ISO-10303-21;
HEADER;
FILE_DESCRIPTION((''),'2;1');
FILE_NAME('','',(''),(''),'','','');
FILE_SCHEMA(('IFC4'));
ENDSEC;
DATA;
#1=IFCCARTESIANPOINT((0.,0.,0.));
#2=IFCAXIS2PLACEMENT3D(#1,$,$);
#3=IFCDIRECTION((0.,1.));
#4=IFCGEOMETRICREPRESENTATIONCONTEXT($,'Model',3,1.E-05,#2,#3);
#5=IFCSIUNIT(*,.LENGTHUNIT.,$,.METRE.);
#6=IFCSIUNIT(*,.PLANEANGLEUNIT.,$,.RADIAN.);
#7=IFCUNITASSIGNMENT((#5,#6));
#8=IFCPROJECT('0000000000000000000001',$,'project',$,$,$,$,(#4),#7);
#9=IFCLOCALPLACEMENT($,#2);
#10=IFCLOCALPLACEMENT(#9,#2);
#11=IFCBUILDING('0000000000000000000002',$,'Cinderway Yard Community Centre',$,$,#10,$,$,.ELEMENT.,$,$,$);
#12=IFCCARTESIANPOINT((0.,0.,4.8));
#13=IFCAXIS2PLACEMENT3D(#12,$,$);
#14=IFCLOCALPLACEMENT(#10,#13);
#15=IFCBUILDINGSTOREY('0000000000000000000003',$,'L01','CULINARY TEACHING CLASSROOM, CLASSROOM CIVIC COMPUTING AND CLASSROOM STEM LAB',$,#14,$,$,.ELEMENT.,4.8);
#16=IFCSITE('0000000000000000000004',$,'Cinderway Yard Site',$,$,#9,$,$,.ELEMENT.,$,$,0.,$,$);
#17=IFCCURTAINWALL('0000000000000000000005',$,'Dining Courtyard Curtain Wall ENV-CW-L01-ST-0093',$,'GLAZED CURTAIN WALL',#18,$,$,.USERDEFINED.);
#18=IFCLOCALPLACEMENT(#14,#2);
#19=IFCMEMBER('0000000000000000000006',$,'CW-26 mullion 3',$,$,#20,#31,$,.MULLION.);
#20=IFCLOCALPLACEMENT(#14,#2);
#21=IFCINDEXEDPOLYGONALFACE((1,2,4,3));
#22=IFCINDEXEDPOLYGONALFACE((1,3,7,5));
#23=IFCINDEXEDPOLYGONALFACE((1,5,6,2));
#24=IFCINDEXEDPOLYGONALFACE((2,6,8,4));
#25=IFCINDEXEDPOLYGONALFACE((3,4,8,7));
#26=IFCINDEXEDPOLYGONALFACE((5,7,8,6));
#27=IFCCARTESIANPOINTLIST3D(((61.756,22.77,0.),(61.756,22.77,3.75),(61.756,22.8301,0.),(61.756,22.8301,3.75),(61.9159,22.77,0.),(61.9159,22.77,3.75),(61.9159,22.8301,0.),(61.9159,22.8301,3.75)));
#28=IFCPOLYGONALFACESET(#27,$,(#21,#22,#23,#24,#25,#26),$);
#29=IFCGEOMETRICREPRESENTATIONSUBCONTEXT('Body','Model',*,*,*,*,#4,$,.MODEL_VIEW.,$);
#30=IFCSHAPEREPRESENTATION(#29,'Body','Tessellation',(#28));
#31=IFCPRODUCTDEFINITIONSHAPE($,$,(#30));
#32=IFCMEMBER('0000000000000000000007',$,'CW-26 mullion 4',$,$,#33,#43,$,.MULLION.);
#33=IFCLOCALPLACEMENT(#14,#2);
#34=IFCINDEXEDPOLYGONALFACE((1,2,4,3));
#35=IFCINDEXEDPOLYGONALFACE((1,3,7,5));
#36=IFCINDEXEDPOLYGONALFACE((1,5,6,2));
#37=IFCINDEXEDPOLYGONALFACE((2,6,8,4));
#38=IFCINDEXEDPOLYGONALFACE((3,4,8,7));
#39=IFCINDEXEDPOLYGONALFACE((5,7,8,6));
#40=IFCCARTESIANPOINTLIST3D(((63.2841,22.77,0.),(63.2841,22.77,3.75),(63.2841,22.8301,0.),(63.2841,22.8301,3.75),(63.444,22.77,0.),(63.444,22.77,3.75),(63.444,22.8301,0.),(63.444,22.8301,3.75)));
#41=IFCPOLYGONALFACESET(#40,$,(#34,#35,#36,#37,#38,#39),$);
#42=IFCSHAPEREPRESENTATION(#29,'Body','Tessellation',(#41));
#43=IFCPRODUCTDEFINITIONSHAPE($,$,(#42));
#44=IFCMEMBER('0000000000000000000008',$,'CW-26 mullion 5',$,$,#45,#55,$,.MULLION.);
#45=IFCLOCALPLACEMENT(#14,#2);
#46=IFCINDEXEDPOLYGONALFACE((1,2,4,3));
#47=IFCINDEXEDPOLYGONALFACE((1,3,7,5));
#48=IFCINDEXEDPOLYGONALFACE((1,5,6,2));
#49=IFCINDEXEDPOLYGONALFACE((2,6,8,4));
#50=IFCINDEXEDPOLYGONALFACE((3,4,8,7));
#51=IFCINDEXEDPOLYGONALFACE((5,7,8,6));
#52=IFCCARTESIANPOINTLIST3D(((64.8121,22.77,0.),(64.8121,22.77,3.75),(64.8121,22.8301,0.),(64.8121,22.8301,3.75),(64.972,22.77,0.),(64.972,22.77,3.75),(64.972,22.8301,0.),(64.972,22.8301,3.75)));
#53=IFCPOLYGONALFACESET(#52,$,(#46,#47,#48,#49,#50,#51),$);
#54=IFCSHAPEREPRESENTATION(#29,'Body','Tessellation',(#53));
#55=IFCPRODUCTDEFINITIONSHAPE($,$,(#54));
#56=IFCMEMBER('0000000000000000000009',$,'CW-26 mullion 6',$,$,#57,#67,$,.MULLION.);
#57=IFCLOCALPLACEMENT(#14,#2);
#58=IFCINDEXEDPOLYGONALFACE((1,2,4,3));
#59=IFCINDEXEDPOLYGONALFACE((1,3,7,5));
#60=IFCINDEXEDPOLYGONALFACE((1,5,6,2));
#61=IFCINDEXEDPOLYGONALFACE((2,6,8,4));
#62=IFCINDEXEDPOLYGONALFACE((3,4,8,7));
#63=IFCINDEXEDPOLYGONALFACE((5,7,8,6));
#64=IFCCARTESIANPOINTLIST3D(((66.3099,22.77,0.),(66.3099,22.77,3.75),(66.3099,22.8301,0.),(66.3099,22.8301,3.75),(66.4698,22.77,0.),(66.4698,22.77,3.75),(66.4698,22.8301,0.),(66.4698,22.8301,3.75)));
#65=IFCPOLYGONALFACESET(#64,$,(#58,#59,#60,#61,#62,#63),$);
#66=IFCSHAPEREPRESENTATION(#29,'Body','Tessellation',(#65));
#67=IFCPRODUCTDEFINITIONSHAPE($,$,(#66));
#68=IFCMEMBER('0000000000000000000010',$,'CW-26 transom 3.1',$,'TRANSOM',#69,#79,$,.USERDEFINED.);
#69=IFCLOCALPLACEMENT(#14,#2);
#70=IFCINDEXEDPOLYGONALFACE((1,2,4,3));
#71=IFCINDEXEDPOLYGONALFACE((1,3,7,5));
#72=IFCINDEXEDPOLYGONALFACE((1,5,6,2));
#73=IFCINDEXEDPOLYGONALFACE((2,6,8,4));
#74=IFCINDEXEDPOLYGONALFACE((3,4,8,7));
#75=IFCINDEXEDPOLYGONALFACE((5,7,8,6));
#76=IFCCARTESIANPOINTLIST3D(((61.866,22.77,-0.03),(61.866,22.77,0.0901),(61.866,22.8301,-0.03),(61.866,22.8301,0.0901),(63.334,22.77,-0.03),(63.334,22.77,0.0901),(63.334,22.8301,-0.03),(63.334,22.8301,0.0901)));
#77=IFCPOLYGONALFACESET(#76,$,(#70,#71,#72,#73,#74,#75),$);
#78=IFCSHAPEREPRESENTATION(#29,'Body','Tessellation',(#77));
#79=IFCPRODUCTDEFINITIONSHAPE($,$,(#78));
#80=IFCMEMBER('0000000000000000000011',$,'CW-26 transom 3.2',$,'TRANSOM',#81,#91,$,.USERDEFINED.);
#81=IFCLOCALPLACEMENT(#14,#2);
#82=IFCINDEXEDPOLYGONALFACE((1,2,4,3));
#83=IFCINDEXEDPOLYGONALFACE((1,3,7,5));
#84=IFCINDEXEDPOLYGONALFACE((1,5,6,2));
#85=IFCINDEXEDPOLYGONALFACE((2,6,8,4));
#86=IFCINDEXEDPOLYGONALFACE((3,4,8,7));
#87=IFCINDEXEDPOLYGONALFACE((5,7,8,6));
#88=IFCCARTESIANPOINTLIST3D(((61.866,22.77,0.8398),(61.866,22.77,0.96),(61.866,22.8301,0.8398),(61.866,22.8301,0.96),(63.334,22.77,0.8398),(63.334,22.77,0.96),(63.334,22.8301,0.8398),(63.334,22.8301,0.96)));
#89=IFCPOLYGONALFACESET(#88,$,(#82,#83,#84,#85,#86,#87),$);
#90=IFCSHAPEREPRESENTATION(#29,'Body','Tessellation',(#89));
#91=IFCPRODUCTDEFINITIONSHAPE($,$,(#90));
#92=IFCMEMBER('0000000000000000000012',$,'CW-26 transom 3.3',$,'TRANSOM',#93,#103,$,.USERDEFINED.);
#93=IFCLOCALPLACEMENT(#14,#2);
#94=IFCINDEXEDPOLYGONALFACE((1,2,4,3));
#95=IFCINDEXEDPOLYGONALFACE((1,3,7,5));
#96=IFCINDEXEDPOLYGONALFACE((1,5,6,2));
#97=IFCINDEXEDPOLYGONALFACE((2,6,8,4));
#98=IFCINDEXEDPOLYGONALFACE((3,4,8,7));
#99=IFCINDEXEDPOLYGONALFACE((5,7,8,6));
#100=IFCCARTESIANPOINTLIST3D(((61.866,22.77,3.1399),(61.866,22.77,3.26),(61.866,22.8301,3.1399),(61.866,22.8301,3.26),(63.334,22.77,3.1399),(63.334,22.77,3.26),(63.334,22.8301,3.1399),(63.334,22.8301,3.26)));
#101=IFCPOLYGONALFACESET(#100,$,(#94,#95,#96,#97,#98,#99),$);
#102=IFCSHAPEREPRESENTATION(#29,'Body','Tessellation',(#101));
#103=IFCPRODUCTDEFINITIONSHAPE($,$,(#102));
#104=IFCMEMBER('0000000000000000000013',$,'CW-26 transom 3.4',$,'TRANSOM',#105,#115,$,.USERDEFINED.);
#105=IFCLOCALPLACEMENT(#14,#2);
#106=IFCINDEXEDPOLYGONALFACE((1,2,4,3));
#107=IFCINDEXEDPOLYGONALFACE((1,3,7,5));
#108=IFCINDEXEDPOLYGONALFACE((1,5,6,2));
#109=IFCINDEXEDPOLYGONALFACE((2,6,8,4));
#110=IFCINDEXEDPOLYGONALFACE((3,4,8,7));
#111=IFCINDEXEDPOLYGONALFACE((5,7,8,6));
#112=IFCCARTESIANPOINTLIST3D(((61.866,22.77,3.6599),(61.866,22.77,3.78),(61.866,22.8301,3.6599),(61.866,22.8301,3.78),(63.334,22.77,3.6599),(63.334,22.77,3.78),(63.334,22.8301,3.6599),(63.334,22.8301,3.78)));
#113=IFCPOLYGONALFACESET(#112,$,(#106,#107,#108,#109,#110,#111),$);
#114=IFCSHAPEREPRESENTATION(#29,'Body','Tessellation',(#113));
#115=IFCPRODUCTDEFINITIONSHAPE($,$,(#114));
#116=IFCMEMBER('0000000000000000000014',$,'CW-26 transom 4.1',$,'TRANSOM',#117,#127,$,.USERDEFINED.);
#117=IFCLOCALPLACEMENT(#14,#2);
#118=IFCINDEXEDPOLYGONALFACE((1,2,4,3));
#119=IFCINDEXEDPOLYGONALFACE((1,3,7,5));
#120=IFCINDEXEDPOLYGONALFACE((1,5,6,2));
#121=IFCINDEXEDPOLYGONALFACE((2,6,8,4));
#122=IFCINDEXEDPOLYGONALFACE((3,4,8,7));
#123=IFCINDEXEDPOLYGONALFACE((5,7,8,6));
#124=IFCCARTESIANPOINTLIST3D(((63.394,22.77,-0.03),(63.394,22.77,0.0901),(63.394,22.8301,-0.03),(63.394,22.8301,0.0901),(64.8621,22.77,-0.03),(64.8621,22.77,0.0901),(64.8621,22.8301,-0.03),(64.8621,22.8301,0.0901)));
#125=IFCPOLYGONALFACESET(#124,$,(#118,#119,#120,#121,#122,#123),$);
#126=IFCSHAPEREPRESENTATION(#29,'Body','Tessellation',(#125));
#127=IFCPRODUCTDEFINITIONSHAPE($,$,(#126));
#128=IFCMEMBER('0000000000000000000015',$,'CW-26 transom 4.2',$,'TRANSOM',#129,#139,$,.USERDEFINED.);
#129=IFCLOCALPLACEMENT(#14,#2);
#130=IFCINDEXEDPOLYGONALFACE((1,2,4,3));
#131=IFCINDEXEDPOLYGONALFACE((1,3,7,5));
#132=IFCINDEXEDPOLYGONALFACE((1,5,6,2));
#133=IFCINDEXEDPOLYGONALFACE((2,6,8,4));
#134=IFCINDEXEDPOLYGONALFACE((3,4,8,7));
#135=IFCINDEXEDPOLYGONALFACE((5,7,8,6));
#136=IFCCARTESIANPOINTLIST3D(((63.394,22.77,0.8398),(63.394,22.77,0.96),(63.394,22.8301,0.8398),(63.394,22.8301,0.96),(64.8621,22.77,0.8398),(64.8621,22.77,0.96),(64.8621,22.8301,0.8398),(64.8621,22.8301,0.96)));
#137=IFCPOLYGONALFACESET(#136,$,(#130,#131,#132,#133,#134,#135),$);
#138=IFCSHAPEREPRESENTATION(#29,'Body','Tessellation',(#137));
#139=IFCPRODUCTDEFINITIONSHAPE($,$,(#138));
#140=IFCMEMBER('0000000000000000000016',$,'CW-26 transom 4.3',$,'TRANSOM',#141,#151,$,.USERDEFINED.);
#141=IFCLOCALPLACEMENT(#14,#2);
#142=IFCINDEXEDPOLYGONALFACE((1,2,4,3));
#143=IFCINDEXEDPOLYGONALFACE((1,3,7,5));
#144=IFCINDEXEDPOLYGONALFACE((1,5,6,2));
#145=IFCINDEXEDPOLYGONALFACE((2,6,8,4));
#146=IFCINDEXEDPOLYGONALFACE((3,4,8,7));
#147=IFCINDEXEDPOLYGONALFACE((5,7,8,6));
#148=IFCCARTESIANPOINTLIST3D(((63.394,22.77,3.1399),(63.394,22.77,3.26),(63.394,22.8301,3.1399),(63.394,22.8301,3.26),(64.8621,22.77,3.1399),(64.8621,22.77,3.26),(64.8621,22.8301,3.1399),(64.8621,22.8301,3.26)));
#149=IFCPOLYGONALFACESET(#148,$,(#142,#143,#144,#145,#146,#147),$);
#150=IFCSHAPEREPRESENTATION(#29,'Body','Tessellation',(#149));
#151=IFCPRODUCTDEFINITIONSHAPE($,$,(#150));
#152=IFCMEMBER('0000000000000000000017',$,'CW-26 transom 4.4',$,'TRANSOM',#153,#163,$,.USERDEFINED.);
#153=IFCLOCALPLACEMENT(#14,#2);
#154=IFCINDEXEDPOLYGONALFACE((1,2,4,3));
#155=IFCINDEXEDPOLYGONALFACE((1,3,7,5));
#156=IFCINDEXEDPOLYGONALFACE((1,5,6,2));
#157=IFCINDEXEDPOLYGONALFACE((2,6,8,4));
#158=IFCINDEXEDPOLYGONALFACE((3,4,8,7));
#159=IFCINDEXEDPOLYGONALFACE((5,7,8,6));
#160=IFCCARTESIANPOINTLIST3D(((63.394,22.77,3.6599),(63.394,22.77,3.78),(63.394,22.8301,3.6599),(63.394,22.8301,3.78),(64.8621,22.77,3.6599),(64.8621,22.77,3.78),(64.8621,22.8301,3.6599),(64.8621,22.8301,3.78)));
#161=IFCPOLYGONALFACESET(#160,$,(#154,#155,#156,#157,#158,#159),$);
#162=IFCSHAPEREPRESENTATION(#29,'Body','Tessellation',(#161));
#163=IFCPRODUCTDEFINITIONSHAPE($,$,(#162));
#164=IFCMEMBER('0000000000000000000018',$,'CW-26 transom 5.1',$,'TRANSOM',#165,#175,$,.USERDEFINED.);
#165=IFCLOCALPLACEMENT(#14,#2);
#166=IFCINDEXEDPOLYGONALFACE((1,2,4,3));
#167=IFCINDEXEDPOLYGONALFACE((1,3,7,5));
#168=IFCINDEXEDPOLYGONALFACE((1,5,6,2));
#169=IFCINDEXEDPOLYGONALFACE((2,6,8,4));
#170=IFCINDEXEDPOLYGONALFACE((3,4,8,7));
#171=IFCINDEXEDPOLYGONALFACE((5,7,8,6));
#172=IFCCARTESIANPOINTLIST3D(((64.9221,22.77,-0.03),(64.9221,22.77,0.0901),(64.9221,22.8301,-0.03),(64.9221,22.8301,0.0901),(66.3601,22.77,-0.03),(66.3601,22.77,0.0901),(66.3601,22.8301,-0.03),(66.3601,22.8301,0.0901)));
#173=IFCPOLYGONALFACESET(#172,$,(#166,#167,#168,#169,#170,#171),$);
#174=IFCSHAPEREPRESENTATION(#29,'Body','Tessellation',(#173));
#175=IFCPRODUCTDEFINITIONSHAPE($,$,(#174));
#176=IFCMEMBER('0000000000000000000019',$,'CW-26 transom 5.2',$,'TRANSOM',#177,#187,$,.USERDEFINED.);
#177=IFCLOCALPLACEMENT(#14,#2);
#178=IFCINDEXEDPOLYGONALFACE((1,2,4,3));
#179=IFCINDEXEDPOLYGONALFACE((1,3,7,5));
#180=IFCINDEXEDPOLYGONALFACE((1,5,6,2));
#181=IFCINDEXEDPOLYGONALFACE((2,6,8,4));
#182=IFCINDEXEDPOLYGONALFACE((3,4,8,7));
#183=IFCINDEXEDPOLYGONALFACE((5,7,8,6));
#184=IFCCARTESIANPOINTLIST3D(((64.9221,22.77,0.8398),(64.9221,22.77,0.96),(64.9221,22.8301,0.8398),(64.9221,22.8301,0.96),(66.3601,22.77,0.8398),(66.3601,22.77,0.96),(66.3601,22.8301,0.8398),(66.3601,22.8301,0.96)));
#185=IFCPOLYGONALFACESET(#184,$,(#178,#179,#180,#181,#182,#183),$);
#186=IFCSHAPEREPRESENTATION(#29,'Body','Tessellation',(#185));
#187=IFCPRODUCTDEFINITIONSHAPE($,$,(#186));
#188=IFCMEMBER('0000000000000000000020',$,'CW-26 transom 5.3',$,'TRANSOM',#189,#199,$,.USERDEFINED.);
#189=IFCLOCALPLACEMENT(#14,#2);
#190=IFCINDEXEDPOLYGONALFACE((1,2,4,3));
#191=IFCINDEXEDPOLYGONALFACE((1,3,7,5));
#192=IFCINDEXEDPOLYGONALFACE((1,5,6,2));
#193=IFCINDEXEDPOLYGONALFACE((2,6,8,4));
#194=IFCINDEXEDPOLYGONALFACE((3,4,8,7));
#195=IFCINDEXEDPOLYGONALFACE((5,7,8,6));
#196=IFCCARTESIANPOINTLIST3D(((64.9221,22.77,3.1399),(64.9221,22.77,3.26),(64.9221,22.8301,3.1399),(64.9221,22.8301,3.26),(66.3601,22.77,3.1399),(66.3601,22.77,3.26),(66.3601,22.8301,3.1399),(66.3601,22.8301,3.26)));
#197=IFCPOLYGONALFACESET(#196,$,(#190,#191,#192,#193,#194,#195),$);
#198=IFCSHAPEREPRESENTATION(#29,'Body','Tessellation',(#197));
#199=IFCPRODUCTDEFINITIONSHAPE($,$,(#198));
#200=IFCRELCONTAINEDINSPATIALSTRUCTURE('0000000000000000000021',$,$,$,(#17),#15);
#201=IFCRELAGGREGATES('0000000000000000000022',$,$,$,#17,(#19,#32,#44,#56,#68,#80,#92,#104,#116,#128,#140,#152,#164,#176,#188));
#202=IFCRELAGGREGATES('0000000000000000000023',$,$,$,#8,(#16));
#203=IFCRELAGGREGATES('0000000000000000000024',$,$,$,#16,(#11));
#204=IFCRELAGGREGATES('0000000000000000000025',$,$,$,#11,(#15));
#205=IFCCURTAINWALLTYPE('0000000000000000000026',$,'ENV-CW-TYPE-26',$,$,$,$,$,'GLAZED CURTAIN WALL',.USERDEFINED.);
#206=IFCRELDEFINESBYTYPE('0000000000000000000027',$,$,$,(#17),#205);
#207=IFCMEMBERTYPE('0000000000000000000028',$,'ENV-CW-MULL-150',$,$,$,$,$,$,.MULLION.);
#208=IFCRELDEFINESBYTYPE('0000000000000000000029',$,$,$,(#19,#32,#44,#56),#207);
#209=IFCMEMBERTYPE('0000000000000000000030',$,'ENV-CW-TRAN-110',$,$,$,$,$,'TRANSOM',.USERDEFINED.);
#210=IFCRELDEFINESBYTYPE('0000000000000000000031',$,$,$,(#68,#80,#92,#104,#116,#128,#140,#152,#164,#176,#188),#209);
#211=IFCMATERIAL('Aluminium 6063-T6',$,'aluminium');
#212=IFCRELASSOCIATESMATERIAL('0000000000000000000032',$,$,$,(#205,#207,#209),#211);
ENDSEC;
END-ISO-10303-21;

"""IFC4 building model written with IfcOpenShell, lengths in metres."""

from ifc_helpers import new_model, si_unit, direction, frame, origin, origin_2d, place, context, subcontext, project, spatial, rectangle, extrude, material, material_profile, profile_set, type_object, element, aggregate, save


model = new_model("IFC4")

# Units and contexts
model_context = context("Model", 3, precision=1e-05, world=origin(), true_north=direction((0.0, 1.0)))
body_context = subcontext(model_context, "Body", "Model", "MODEL_VIEW")
ifc_project = project(units=[si_unit("LENGTHUNIT", "METRE"), si_unit("PLANEANGLEUNIT", "RADIAN")], contexts=[model_context])

# Site, building, storey
site_placement = place(None, origin())
site = spatial("IfcSite", under=ifc_project, at=site_placement, Name="Cinderway Yard Site", CompositionType="ELEMENT", RefElevation=0.0)
building_placement = place(site_placement, origin())
building = spatial("IfcBuilding", under=site, at=building_placement, Name="Cinderway Yard Community Centre", CompositionType="ELEMENT")
storey_placement = place(building_placement, frame((0.0, 0.0, 4.8)))
storey = spatial("IfcBuildingStorey", under=building, at=storey_placement, Name="L01", Description="CULINARY TEACHING CLASSROOM, CLASSROOM CIVIC COMPUTING AND CLASSROOM STEM LAB", CompositionType="ELEMENT", Elevation=4.8)

# Curtain wall, members
ifc_material_1 = material(Name="Aluminium 6063-T6", Category="aluminium")
curtain_wall_type = type_object("IfcCurtainWallType", Name="ENV-CW-TYPE-26", ElementType="GLAZED CURTAIN WALL", PredefinedType="USERDEFINED", material=ifc_material_1)
curtain_wall_placement = place(storey_placement, origin())
curtain_wall = element("IfcCurtainWall", 1, at=curtain_wall_placement, inside=storey, type_object=curtain_wall_type, Name="Dining Courtyard Curtain Wall ENV-CW-L01-ST-0093", ObjectType="GLAZED CURTAIN WALL", PredefinedType="USERDEFINED")
ifc_material_profile_1 = material_profile(ifc_material_1, rectangle(XDim=0.0601, YDim=0.1599, at=origin_2d()), Name="Aluminium 6063-T6")
ifc_profile_set_1 = profile_set([ifc_material_profile_1], Name="Aluminium 6063-T6")
member_type_1 = type_object("IfcMemberType", Name="ENV-CW-MULL-150", PredefinedType="MULLION", material=ifc_profile_set_1)
member_1_placement = place(storey_placement, frame((61.8359, 22.8, 0.0), z_axis=(0.0, 0.0, 1.0), x_axis=(0.0, 1.0, 0.0)))
member_1 = element("IfcMember", 2, at=member_1_placement, type_object=member_type_1, Name="CW-26 mullion 3", PredefinedType="MULLION", context=body_context, shape_type="SweptSolid", body=[
    extrude(rectangle(XDim=0.0601, YDim=0.1599, at=origin_2d()), origin(), (0.0, 0.0, 1.0), 3.75),
])
member_2_placement = place(storey_placement, frame((63.364, 22.8, 0.0), z_axis=(0.0, 0.0, 1.0), x_axis=(0.0, 1.0, 0.0)))
member_2 = element("IfcMember", 3, at=member_2_placement, type_object=member_type_1, Name="CW-26 mullion 4", PredefinedType="MULLION", context=body_context, shape_type="SweptSolid", body=[
    extrude(rectangle(XDim=0.0601, YDim=0.1599, at=origin_2d()), origin(), (0.0, 0.0, 1.0), 3.75),
])
member_3_placement = place(storey_placement, frame((64.8921, 22.8, 0.0), z_axis=(0.0, 0.0, 1.0), x_axis=(0.0, 1.0, 0.0)))
member_3 = element("IfcMember", 4, at=member_3_placement, type_object=member_type_1, Name="CW-26 mullion 5", PredefinedType="MULLION", context=body_context, shape_type="SweptSolid", body=[
    extrude(rectangle(XDim=0.0601, YDim=0.1599, at=origin_2d()), origin(), (0.0, 0.0, 1.0), 3.75),
])
member_4_placement = place(storey_placement, frame((66.3899, 22.8, 0.0), z_axis=(0.0, 0.0, 1.0), x_axis=(0.0, 1.0, 0.0)))
member_4 = element("IfcMember", 5, at=member_4_placement, type_object=member_type_1, Name="CW-26 mullion 6", PredefinedType="MULLION", context=body_context, shape_type="SweptSolid", body=[
    extrude(rectangle(XDim=0.0601, YDim=0.1599, at=origin_2d()), origin(), (0.0, 0.0, 1.0), 3.75),
])
ifc_material_profile_2 = material_profile(ifc_material_1, rectangle(XDim=0.0601, YDim=0.1201, at=origin_2d()), Name="Aluminium 6063-T6")
ifc_profile_set_2 = profile_set([ifc_material_profile_2], Name="Aluminium 6063-T6")
member_type_2 = type_object("IfcMemberType", Name="ENV-CW-TRAN-110", ElementType="TRANSOM", PredefinedType="USERDEFINED", material=ifc_profile_set_2)
member_5_placement = place(storey_placement, frame((61.866, 22.8, 0.03), z_axis=(1.0, 0.0, 0.0), x_axis=(0.0, 1.0, 0.0)))
member_5 = element("IfcMember", 6, at=member_5_placement, type_object=member_type_2, Name="CW-26 transom 3.1", ObjectType="TRANSOM", PredefinedType="USERDEFINED", context=body_context, shape_type="SweptSolid", body=[
    extrude(rectangle(XDim=0.0601, YDim=0.1201, at=origin_2d()), origin(), (0.0, 0.0, 1.0), 1.468),
])
member_6_placement = place(storey_placement, frame((61.866, 22.8, 0.8999), z_axis=(1.0, 0.0, 0.0), x_axis=(0.0, 1.0, 0.0)))
member_6 = element("IfcMember", 7, at=member_6_placement, type_object=member_type_2, Name="CW-26 transom 3.2", ObjectType="TRANSOM", PredefinedType="USERDEFINED", context=body_context, shape_type="SweptSolid", body=[
    extrude(rectangle(XDim=0.0601, YDim=0.1201, at=origin_2d()), origin(), (0.0, 0.0, 1.0), 1.468),
])
member_7_placement = place(storey_placement, frame((61.866, 22.8, 3.2), z_axis=(1.0, 0.0, 0.0), x_axis=(0.0, 1.0, 0.0)))
member_7 = element("IfcMember", 8, at=member_7_placement, type_object=member_type_2, Name="CW-26 transom 3.3", ObjectType="TRANSOM", PredefinedType="USERDEFINED", context=body_context, shape_type="SweptSolid", body=[
    extrude(rectangle(XDim=0.0601, YDim=0.1201, at=origin_2d()), origin(), (0.0, 0.0, 1.0), 1.468),
])
member_8_placement = place(storey_placement, frame((61.866, 22.8, 3.72), z_axis=(1.0, 0.0, 0.0), x_axis=(0.0, 1.0, 0.0)))
member_8 = element("IfcMember", 9, at=member_8_placement, type_object=member_type_2, Name="CW-26 transom 3.4", ObjectType="TRANSOM", PredefinedType="USERDEFINED", context=body_context, shape_type="SweptSolid", body=[
    extrude(rectangle(XDim=0.0601, YDim=0.1201, at=origin_2d()), origin(), (0.0, 0.0, 1.0), 1.468),
])
member_9_placement = place(storey_placement, frame((63.394, 22.8, 0.03), z_axis=(1.0, 0.0, 0.0), x_axis=(0.0, 1.0, 0.0)))
member_9 = element("IfcMember", 10, at=member_9_placement, type_object=member_type_2, Name="CW-26 transom 4.1", ObjectType="TRANSOM", PredefinedType="USERDEFINED", context=body_context, shape_type="SweptSolid", body=[
    extrude(rectangle(XDim=0.0601, YDim=0.1201, at=origin_2d()), origin(), (0.0, 0.0, 1.0), 1.468),
])
member_10_placement = place(storey_placement, frame((63.394, 22.8, 0.8999), z_axis=(1.0, 0.0, 0.0), x_axis=(0.0, 1.0, 0.0)))
member_10 = element("IfcMember", 11, at=member_10_placement, type_object=member_type_2, Name="CW-26 transom 4.2", ObjectType="TRANSOM", PredefinedType="USERDEFINED", context=body_context, shape_type="SweptSolid", body=[
    extrude(rectangle(XDim=0.0601, YDim=0.1201, at=origin_2d()), origin(), (0.0, 0.0, 1.0), 1.468),
])
member_11_placement = place(storey_placement, frame((63.394, 22.8, 3.2), z_axis=(1.0, 0.0, 0.0), x_axis=(0.0, 1.0, 0.0)))
member_11 = element("IfcMember", 12, at=member_11_placement, type_object=member_type_2, Name="CW-26 transom 4.3", ObjectType="TRANSOM", PredefinedType="USERDEFINED", context=body_context, shape_type="SweptSolid", body=[
    extrude(rectangle(XDim=0.0601, YDim=0.1201, at=origin_2d()), origin(), (0.0, 0.0, 1.0), 1.468),
])
member_12_placement = place(storey_placement, frame((63.394, 22.8, 3.72), z_axis=(1.0, 0.0, 0.0), x_axis=(0.0, 1.0, 0.0)))
member_12 = element("IfcMember", 13, at=member_12_placement, type_object=member_type_2, Name="CW-26 transom 4.4", ObjectType="TRANSOM", PredefinedType="USERDEFINED", context=body_context, shape_type="SweptSolid", body=[
    extrude(rectangle(XDim=0.0601, YDim=0.1201, at=origin_2d()), origin(), (0.0, 0.0, 1.0), 1.468),
])
member_13_placement = place(storey_placement, frame((64.9221, 22.8, 0.03), z_axis=(1.0, 0.0, 0.0), x_axis=(0.0, 1.0, 0.0)))
member_13 = element("IfcMember", 14, at=member_13_placement, type_object=member_type_2, Name="CW-26 transom 5.1", ObjectType="TRANSOM", PredefinedType="USERDEFINED", context=body_context, shape_type="SweptSolid", body=[
    extrude(rectangle(XDim=0.0601, YDim=0.1201, at=origin_2d()), origin(), (0.0, 0.0, 1.0), 1.438),
])
member_14_placement = place(storey_placement, frame((64.9221, 22.8, 0.8999), z_axis=(1.0, 0.0, 0.0), x_axis=(0.0, 1.0, 0.0)))
member_14 = element("IfcMember", 15, at=member_14_placement, type_object=member_type_2, Name="CW-26 transom 5.2", ObjectType="TRANSOM", PredefinedType="USERDEFINED", context=body_context, shape_type="SweptSolid", body=[
    extrude(rectangle(XDim=0.0601, YDim=0.1201, at=origin_2d()), origin(), (0.0, 0.0, 1.0), 1.438),
])
member_15_placement = place(storey_placement, frame((64.9221, 22.8, 3.2), z_axis=(1.0, 0.0, 0.0), x_axis=(0.0, 1.0, 0.0)))
member_15 = element("IfcMember", 16, at=member_15_placement, type_object=member_type_2, Name="CW-26 transom 5.3", ObjectType="TRANSOM", PredefinedType="USERDEFINED", context=body_context, shape_type="SweptSolid", body=[
    extrude(rectangle(XDim=0.0601, YDim=0.1201, at=origin_2d()), origin(), (0.0, 0.0, 1.0), 1.438),
])

aggregate(curtain_wall, [member_1, member_2, member_3, member_4, member_5, member_6, member_7, member_8, member_9, member_10, member_11, member_12, member_13, member_14, member_15])

save(model, "model.ifc")
